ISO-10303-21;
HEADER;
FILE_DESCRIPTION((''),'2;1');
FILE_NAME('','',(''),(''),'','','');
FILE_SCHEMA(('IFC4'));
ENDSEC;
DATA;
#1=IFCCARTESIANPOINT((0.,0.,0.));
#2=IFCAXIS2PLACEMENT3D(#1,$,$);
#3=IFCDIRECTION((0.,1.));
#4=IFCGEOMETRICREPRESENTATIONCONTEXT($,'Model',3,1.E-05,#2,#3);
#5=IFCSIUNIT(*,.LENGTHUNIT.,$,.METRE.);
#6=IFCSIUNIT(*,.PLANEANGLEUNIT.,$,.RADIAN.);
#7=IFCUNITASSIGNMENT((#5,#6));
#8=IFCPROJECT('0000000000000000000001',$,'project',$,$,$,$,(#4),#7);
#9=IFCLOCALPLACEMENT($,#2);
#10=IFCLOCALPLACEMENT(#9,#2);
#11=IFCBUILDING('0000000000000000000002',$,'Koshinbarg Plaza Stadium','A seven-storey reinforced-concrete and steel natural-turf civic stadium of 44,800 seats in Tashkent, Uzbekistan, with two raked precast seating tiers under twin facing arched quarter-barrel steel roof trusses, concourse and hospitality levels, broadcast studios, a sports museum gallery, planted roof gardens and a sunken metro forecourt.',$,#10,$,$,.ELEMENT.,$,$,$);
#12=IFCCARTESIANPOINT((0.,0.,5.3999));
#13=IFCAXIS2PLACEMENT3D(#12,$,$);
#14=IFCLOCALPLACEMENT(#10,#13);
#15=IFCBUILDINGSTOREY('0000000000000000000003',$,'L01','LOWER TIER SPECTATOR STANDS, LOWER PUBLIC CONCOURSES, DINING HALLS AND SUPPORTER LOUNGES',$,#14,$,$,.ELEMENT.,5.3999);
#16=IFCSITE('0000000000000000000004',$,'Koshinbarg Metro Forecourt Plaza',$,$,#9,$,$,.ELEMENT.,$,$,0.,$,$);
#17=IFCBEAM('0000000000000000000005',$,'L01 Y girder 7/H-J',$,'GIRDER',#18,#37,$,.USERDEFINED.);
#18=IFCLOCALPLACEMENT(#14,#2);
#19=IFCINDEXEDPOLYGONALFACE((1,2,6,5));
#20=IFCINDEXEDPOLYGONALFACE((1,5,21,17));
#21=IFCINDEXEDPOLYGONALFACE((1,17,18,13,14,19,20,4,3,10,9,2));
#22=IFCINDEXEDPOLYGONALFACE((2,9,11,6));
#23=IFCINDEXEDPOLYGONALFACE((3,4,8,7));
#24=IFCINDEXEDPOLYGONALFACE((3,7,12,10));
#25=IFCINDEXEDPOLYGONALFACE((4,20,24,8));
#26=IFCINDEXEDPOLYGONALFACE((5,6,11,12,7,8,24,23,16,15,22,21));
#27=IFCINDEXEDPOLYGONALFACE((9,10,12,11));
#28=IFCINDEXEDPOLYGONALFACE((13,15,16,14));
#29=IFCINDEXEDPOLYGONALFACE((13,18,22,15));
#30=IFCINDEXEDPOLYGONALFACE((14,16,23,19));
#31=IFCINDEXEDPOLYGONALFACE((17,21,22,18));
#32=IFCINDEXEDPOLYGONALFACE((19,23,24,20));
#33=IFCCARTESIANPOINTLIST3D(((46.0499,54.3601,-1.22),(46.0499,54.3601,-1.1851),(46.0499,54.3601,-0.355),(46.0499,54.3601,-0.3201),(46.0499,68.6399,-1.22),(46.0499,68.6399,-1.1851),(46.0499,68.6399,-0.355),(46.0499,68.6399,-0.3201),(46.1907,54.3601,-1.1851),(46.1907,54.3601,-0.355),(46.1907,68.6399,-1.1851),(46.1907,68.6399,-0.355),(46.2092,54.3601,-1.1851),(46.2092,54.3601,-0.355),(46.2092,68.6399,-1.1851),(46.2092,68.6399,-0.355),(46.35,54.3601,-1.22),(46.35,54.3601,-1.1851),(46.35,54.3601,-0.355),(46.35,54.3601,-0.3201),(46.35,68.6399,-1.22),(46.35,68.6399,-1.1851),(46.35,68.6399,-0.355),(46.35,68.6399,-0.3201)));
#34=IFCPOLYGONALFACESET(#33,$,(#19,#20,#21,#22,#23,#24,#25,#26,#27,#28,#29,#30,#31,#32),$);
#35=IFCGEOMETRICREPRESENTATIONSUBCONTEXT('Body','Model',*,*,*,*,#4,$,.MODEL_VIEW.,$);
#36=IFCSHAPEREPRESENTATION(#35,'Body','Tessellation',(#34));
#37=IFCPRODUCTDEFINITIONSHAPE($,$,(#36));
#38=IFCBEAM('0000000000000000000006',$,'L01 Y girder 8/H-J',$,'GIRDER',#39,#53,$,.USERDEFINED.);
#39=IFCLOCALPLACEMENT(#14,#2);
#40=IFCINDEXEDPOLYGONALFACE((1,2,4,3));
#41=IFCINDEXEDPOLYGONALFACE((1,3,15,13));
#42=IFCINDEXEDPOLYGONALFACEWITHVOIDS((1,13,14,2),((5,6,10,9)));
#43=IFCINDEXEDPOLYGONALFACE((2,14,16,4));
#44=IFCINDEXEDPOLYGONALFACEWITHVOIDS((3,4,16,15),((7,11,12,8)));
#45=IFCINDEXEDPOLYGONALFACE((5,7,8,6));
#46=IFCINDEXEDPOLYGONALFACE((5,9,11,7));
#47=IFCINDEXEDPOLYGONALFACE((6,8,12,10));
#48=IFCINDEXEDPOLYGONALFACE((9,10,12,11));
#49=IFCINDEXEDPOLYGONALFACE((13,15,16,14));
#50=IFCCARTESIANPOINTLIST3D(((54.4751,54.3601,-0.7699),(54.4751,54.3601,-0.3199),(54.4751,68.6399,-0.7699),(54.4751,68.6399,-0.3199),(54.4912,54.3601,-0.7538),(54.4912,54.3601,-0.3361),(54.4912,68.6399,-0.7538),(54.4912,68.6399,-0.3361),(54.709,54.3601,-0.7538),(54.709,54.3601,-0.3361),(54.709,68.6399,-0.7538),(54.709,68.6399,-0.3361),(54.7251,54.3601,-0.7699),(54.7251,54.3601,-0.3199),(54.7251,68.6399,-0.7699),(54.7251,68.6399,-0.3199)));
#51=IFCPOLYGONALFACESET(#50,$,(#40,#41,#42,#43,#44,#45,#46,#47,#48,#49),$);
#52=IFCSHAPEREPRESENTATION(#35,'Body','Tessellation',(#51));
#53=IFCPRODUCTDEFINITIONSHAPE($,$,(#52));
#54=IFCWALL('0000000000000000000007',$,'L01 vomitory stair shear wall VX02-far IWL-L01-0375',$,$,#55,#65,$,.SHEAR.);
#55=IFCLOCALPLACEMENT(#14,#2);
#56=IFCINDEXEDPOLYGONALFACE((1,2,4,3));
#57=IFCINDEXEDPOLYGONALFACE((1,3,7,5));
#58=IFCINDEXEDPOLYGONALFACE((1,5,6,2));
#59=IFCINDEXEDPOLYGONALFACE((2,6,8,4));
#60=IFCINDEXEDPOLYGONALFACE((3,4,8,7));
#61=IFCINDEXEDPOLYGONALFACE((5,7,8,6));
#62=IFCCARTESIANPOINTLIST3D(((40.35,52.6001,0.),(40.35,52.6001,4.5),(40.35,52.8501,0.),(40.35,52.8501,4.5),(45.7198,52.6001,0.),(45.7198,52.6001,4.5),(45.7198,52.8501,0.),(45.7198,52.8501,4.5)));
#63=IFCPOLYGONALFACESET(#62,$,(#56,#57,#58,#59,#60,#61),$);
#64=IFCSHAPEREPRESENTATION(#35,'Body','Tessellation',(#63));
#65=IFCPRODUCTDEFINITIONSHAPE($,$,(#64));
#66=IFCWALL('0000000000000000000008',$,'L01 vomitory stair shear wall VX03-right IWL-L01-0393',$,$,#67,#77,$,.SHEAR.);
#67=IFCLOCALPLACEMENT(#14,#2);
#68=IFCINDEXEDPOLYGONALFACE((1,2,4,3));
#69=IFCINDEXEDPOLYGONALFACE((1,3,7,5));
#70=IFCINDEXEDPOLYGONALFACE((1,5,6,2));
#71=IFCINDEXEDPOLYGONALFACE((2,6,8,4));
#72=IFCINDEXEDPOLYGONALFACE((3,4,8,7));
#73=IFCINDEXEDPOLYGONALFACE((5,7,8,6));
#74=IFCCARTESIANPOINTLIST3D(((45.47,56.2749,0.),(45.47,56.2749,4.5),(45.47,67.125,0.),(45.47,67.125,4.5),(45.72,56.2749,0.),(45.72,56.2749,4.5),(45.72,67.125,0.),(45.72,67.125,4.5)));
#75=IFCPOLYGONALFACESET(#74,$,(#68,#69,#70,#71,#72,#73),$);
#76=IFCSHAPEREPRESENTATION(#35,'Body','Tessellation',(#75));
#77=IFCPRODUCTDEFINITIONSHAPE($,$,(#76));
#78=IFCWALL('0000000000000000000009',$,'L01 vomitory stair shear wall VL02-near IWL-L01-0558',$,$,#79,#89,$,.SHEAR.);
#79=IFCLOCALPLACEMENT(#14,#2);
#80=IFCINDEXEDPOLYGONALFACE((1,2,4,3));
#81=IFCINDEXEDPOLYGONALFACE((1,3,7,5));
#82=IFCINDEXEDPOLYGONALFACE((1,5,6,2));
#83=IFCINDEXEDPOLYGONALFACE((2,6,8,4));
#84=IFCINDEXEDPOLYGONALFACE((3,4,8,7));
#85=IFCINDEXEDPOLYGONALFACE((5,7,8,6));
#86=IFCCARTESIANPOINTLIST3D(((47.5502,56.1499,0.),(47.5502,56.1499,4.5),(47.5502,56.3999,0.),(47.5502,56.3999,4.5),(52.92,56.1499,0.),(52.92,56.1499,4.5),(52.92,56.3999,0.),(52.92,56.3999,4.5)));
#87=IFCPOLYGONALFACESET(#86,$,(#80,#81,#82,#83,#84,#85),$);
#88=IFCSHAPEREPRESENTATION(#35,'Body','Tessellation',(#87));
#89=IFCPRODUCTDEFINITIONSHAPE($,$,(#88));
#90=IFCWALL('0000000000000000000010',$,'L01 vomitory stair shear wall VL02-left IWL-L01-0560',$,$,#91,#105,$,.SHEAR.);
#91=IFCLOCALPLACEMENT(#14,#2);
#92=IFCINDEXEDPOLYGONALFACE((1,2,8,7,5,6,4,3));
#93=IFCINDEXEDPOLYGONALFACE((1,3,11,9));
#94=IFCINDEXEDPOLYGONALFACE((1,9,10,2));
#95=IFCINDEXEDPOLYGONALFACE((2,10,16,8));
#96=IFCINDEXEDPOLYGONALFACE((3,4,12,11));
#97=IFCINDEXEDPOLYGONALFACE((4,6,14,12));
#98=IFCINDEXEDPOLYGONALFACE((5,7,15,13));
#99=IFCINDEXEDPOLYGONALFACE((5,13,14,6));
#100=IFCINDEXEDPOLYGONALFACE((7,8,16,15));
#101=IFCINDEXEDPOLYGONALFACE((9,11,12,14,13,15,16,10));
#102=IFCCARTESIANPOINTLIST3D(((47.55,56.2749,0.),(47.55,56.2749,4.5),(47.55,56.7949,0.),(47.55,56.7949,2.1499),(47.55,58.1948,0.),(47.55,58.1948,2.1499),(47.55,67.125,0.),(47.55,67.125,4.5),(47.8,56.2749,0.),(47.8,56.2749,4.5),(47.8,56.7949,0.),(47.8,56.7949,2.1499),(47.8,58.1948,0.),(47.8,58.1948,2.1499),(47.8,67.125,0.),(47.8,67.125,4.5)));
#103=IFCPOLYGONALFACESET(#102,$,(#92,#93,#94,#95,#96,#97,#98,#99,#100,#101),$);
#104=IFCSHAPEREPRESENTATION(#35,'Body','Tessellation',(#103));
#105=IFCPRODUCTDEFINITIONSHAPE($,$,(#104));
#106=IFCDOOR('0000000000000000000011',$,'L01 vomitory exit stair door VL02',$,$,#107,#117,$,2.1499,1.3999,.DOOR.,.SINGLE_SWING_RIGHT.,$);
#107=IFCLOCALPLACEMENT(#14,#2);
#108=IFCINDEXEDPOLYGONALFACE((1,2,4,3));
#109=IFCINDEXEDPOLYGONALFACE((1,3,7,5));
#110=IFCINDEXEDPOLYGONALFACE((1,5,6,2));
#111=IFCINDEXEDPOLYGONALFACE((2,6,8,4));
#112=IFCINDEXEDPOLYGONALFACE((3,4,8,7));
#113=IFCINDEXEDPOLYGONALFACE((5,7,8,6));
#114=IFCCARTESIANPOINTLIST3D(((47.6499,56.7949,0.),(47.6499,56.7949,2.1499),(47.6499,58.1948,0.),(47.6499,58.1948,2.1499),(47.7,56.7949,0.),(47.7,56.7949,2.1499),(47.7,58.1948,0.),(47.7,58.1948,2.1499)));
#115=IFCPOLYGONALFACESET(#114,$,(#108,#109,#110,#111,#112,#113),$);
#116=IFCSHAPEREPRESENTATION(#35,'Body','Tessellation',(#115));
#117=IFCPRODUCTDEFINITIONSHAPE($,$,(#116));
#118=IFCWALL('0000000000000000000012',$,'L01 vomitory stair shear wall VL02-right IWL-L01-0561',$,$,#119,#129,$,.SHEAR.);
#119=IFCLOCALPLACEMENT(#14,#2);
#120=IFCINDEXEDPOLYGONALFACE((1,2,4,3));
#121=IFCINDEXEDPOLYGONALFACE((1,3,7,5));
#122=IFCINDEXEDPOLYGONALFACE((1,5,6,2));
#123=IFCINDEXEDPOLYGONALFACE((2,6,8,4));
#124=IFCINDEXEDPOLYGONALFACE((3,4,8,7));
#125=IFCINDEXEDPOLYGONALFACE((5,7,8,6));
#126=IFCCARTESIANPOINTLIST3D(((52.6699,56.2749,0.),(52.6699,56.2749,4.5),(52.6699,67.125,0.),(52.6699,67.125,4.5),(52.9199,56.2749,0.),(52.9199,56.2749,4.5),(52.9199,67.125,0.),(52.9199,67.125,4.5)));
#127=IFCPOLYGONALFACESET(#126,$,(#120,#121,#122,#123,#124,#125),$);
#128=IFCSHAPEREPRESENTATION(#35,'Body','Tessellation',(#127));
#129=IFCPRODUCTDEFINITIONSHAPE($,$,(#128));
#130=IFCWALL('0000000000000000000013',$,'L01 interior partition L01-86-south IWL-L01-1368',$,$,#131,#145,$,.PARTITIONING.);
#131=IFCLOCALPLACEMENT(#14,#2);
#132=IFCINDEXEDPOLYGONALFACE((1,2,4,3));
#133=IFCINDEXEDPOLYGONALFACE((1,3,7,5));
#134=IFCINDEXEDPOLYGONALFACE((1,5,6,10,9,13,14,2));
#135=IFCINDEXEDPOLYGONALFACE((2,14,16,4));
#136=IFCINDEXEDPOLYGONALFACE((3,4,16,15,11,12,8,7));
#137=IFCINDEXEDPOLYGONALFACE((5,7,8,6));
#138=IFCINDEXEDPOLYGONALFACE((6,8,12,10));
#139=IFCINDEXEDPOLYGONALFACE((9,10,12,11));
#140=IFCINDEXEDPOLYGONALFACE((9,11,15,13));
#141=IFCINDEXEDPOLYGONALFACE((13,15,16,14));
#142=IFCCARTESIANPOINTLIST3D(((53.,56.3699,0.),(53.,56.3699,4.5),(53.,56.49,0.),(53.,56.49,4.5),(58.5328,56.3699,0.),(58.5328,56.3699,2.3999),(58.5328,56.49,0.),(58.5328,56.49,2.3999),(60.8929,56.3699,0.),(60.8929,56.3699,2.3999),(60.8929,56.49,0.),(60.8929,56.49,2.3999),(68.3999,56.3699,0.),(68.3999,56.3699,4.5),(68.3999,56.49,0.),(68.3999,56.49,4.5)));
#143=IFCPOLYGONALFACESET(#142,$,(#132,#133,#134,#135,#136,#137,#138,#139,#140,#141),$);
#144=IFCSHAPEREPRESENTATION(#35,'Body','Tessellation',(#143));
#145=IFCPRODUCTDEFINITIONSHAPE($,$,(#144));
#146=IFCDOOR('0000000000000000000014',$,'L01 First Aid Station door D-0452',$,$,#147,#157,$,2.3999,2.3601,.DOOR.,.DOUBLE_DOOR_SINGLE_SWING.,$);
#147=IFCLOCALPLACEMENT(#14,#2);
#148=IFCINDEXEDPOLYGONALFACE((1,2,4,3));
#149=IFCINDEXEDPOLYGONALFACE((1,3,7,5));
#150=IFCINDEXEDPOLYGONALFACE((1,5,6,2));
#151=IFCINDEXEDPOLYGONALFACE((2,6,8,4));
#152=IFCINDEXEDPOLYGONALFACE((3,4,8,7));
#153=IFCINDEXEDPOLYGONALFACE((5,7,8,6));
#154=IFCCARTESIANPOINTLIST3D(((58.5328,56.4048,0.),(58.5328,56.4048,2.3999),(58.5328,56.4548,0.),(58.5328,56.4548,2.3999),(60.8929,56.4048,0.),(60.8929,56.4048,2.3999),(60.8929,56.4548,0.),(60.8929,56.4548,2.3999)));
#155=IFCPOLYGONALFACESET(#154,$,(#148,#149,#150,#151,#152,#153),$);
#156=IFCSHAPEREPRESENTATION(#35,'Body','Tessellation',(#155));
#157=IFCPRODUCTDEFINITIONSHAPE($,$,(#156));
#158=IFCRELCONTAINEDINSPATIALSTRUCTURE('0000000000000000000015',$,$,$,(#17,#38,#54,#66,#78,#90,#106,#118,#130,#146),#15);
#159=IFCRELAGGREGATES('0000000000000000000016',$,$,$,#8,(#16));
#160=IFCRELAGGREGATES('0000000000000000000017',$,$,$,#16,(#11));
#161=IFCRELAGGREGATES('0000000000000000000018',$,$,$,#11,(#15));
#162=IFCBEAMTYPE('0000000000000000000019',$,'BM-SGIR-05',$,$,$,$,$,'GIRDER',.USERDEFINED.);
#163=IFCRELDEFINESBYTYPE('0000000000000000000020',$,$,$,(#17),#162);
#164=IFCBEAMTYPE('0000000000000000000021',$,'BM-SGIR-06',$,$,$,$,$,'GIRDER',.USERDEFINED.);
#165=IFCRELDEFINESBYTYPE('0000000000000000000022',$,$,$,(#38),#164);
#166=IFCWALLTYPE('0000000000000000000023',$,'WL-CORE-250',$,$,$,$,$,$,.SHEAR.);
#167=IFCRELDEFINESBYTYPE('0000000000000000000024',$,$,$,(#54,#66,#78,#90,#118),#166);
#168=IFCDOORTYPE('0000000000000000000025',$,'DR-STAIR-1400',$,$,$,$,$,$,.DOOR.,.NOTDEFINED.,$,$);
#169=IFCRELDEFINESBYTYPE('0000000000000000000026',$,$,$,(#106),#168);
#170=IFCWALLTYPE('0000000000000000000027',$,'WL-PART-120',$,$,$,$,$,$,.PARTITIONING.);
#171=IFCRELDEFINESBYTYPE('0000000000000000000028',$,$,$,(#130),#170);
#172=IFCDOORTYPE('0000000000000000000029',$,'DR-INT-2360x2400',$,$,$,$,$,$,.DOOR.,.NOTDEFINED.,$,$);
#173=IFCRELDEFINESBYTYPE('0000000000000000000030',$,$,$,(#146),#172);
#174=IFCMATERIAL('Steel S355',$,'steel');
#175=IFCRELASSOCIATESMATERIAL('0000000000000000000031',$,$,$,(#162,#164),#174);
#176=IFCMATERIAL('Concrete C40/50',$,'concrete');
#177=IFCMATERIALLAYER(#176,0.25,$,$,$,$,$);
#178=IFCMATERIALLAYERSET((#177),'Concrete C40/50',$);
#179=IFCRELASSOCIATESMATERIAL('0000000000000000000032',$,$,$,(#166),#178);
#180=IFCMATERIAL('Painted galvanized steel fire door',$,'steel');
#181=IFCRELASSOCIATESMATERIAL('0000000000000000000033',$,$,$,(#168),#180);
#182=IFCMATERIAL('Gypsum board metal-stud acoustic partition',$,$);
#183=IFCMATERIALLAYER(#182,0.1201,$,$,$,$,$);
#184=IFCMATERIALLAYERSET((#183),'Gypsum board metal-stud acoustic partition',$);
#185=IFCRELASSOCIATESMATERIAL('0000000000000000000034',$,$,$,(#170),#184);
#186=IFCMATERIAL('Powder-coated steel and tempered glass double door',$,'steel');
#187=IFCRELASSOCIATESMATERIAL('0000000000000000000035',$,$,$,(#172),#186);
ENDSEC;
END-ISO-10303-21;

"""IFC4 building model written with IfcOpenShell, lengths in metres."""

from ifc_helpers import new_model, si_unit, direction, frame, frame_2d, origin, origin_2d, place, context, subcontext, project, spatial, rectangle, hollow_rectangle, i_section, extrude, material, layer, layer_set, material_profile, profile_set, type_object, element, fill, save


model = new_model("IFC4")

# Units and contexts
model_context = context("Model", 3, precision=1e-05, world=origin(), true_north=direction((0.0, 1.0)))
body_context = subcontext(model_context, "Body", "Model", "MODEL_VIEW")
ifc_project = project(units=[si_unit("LENGTHUNIT", "METRE"), si_unit("PLANEANGLEUNIT", "RADIAN")], contexts=[model_context])

# Site, building, storey
site_placement = place(None, origin())
site = spatial("IfcSite", under=ifc_project, at=site_placement, Name="Koshinbarg Metro Forecourt Plaza", CompositionType="ELEMENT", RefElevation=0.0)
building_placement = place(site_placement, origin())
building = spatial("IfcBuilding", under=site, at=building_placement, Name="Koshinbarg Plaza Stadium", Description="A seven-storey reinforced-concrete and steel natural-turf civic stadium of 44,800 seats in Tashkent, Uzbekistan, with two raked precast seating tiers under twin facing arched quarter-barrel steel roof trusses, concourse and hospitality levels, broadcast studios, a sports museum gallery, planted roof gardens and a sunken metro forecourt.", CompositionType="ELEMENT")
storey_placement = place(building_placement, frame((0.0, 0.0, 5.3999)))
storey = spatial("IfcBuildingStorey", under=building, at=storey_placement, Name="L01", Description="LOWER TIER SPECTATOR STANDS, LOWER PUBLIC CONCOURSES, DINING HALLS AND SUPPORTER LOUNGES", CompositionType="ELEMENT", Elevation=5.3999)

# Shared definitions
ifc_material_1 = material(Name="Concrete C40/50", Category="concrete")

# Beams
ifc_material_2 = material(Name="Steel S355", Category="steel")
ifc_material_profile_1 = material_profile(ifc_material_2, i_section(OverallWidth=0.3, OverallDepth=0.8999, WebThickness=0.0186, FlangeThickness=0.0349, at=origin_2d()), Name="HEB 900")
ifc_profile_set_1 = profile_set([ifc_material_profile_1], Name="Steel S355")
beam_type_1 = type_object("IfcBeamType", Name="BM-SGIR-05", ElementType="GIRDER", PredefinedType="USERDEFINED", material=ifc_profile_set_1)
beam_1_placement = place(storey_placement, frame((46.2, 54.3601, -0.77), z_axis=(0.0, 1.0, 0.0), x_axis=(-1.0, 0.0, 0.0)))
element("IfcBeam", 1, at=beam_1_placement, inside=storey, type_object=beam_type_1, Name="L01 Y girder 7/H-J", ObjectType="GIRDER", PredefinedType="USERDEFINED", context=body_context, shape_type="SweptSolid", body=[
    extrude(i_section(OverallWidth=0.3, OverallDepth=0.8999, WebThickness=0.0186, FlangeThickness=0.0349, at=origin_2d()), origin(), (0.0, 0.0, 1.0), 14.2798),
])
ifc_material_profile_2 = material_profile(ifc_material_2, hollow_rectangle(XDim=0.25, YDim=0.45, WallThickness=0.0161, at=origin_2d()), Name="RHS 450x250x16")
ifc_profile_set_2 = profile_set([ifc_material_profile_2], Name="Steel S355")
beam_type_2 = type_object("IfcBeamType", Name="BM-SGIR-06", ElementType="GIRDER", PredefinedType="USERDEFINED", material=ifc_profile_set_2)
beam_2_placement = place(storey_placement, frame((54.6001, 54.3601, -0.5449), z_axis=(0.0, 1.0, 0.0), x_axis=(-1.0, 0.0, 0.0)))
element("IfcBeam", 2, at=beam_2_placement, inside=storey, type_object=beam_type_2, Name="L01 Y girder 8/H-J", ObjectType="GIRDER", PredefinedType="USERDEFINED", context=body_context, shape_type="SweptSolid", body=[
    extrude(hollow_rectangle(XDim=0.25, YDim=0.45, WallThickness=0.0161, at=origin_2d()), origin(), (0.0, 0.0, 1.0), 14.2798),
])

# Walls
ifc_layer_1 = layer(ifc_material_1, 0.25)
ifc_layer_set_1 = layer_set([ifc_layer_1], Name="Concrete C40/50")
wall_type_1 = type_object("IfcWallType", Name="WL-CORE-250", PredefinedType="SHEAR", material=ifc_layer_set_1)
wall_1_placement = place(storey_placement, frame((45.72, 52.7251, 0.0), z_axis=(0.0, 0.0, 1.0), x_axis=(-1.0, 0.0, 0.0)))
element("IfcWall", 3, at=wall_1_placement, inside=storey, type_object=wall_type_1, Name="L01 vomitory stair shear wall VX02-far IWL-L01-0375", PredefinedType="SHEAR", context=body_context, shape_type="SweptSolid", body=[
    extrude(rectangle(XDim=5.3699, YDim=0.25, at=frame_2d((2.6851, 0.0))), origin(), (0.0, 0.0, 1.0), 4.5),
])
wall_2_placement = place(storey_placement, frame((45.595, 56.2749, 0.0), z_axis=(0.0, 0.0, 1.0), x_axis=(0.0, 1.0, 0.0)))
element("IfcWall", 4, at=wall_2_placement, inside=storey, type_object=wall_type_1, Name="L01 vomitory stair shear wall VX03-right IWL-L01-0393", PredefinedType="SHEAR", context=body_context, shape_type="SweptSolid", body=[
    extrude(rectangle(XDim=10.8501, YDim=0.25, at=frame_2d((5.425, 0.0))), origin(), (0.0, 0.0, 1.0), 4.5),
])
wall_3_placement = place(storey_placement, frame((47.55, 56.2749, 0.0), z_axis=(0.0, 0.0, 1.0), x_axis=(1.0, 0.0, 0.0)))
element("IfcWall", 5, at=wall_3_placement, inside=storey, type_object=wall_type_1, Name="L01 vomitory stair shear wall VL02-near IWL-L01-0558", PredefinedType="SHEAR", context=body_context, shape_type="SweptSolid", body=[
    extrude(rectangle(XDim=5.3699, YDim=0.25, at=frame_2d((2.6851, 0.0))), origin(), (0.0, 0.0, 1.0), 4.5),
])

# Wall, opening, door
wall_4_placement = place(storey_placement, frame((47.675, 56.2749, 0.0), z_axis=(0.0, 0.0, 1.0), x_axis=(0.0, 1.0, 0.0)))
wall_4 = element("IfcWall", 6, at=wall_4_placement, inside=storey, type_object=wall_type_1, Name="L01 vomitory stair shear wall VL02-left IWL-L01-0560", PredefinedType="SHEAR", context=body_context, shape_type="SweptSolid", body=[
    extrude(rectangle(XDim=10.8501, YDim=0.25, at=frame_2d((5.425, 0.0))), origin(), (0.0, 0.0, 1.0), 4.5),
])
opening_1_placement = place(wall_4_placement, frame((0.52, 0.0, 0.0)))
opening_1 = element("IfcOpeningElement", 7, at=opening_1_placement, cuts=wall_4, PredefinedType="OPENING", context=body_context, shape_type="SweptSolid", body=[
    extrude(rectangle(XDim=1.3999, YDim=2.1499, at=frame_2d((0.7, 1.075))), frame((0.0, 0.135, 0.0), z_axis=(0.0, -1.0, 0.0), x_axis=(1.0, 0.0, 0.0)), (0.0, 0.0, 1.0), 0.27),
])
ifc_material_3 = material(Name="Painted galvanized steel fire door", Category="steel")
door_type_1 = type_object("IfcDoorType", Name="DR-STAIR-1400", OperationType="NOTDEFINED", PredefinedType="DOOR", material=ifc_material_3)
door_1_placement = place(opening_1_placement, frame((1.3999, 0.0, 0.0), z_axis=(0.0, 0.0, 1.0), x_axis=(-1.0, 0.0, 0.0)))
door_1 = element("IfcDoor", 8, at=door_1_placement, inside=storey, type_object=door_type_1, Name="L01 vomitory exit stair door VL02", OperationType="SINGLE_SWING_RIGHT", OverallHeight=2.1499, OverallWidth=1.3999, PredefinedType="DOOR", context=body_context, shape_type="SweptSolid", body=[
    extrude(rectangle(XDim=1.3999, YDim=2.1499, at=frame_2d((0.7, 1.075))), frame((0.0, 0.0249, 0.0), z_axis=(0.0, -1.0, 0.0), x_axis=(1.0, 0.0, 0.0)), (0.0, 0.0, 1.0), 0.05),
])
fill(opening_1, door_1)

# Wall
wall_5_placement = place(storey_placement, frame((52.7949, 56.2749, 0.0), z_axis=(0.0, 0.0, 1.0), x_axis=(0.0, 1.0, 0.0)))
element("IfcWall", 9, at=wall_5_placement, inside=storey, type_object=wall_type_1, Name="L01 vomitory stair shear wall VL02-right IWL-L01-0561", PredefinedType="SHEAR", context=body_context, shape_type="SweptSolid", body=[
    extrude(rectangle(XDim=10.8501, YDim=0.25, at=frame_2d((5.425, 0.0))), origin(), (0.0, 0.0, 1.0), 4.5),
])

# Wall, opening, door
ifc_material_4 = material(Name="Gypsum board metal-stud acoustic partition")
ifc_layer_2 = layer(ifc_material_4, 0.1201)
ifc_layer_set_2 = layer_set([ifc_layer_2], Name="Gypsum board metal-stud acoustic partition")
wall_type_2 = type_object("IfcWallType", Name="WL-PART-120", PredefinedType="PARTITIONING", material=ifc_layer_set_2)
wall_6_placement = place(storey_placement, frame((53.0, 56.4299, 0.0), z_axis=(0.0, 0.0, 1.0), x_axis=(1.0, 0.0, 0.0)))
wall_6 = element("IfcWall", 10, at=wall_6_placement, inside=storey, type_object=wall_type_2, Name="L01 interior partition L01-86-south IWL-L01-1368", PredefinedType="PARTITIONING", context=body_context, shape_type="SweptSolid", body=[
    extrude(rectangle(XDim=15.3999, YDim=0.1201, at=frame_2d((7.7, 0.0))), origin(), (0.0, 0.0, 1.0), 4.5),
])
opening_2_placement = place(wall_6_placement, frame((5.5327, 0.0, 0.0)))
opening_2 = element("IfcOpeningElement", 11, at=opening_2_placement, cuts=wall_6, PredefinedType="OPENING", context=body_context, shape_type="SweptSolid", body=[
    extrude(rectangle(XDim=2.3601, YDim=2.3999, at=frame_2d((1.1802, 1.2))), frame((0.0, 0.0701, 0.0), z_axis=(0.0, -1.0, 0.0), x_axis=(1.0, 0.0, 0.0)), (0.0, 0.0, 1.0), 0.1401),
])
ifc_material_5 = material(Name="Powder-coated steel and tempered glass double door", Category="steel")
door_type_2 = type_object("IfcDoorType", Name="DR-INT-2360x2400", OperationType="NOTDEFINED", PredefinedType="DOOR", material=ifc_material_5)
door_2_placement = place(opening_2_placement, origin())
door_2 = element("IfcDoor", 12, at=door_2_placement, inside=storey, type_object=door_type_2, Name="L01 First Aid Station door D-0452", OperationType="DOUBLE_DOOR_SINGLE_SWING", OverallHeight=2.3999, OverallWidth=2.3601, PredefinedType="DOOR", context=body_context, shape_type="SweptSolid", body=[
    extrude(rectangle(XDim=2.3601, YDim=2.3999, at=frame_2d((1.1802, 1.2))), frame((0.0, 0.0249, 0.0), z_axis=(0.0, -1.0, 0.0), x_axis=(1.0, 0.0, 0.0)), (0.0, 0.0, 1.0), 0.05),
])
fill(opening_2, door_2)

save(model, "model.ifc")
